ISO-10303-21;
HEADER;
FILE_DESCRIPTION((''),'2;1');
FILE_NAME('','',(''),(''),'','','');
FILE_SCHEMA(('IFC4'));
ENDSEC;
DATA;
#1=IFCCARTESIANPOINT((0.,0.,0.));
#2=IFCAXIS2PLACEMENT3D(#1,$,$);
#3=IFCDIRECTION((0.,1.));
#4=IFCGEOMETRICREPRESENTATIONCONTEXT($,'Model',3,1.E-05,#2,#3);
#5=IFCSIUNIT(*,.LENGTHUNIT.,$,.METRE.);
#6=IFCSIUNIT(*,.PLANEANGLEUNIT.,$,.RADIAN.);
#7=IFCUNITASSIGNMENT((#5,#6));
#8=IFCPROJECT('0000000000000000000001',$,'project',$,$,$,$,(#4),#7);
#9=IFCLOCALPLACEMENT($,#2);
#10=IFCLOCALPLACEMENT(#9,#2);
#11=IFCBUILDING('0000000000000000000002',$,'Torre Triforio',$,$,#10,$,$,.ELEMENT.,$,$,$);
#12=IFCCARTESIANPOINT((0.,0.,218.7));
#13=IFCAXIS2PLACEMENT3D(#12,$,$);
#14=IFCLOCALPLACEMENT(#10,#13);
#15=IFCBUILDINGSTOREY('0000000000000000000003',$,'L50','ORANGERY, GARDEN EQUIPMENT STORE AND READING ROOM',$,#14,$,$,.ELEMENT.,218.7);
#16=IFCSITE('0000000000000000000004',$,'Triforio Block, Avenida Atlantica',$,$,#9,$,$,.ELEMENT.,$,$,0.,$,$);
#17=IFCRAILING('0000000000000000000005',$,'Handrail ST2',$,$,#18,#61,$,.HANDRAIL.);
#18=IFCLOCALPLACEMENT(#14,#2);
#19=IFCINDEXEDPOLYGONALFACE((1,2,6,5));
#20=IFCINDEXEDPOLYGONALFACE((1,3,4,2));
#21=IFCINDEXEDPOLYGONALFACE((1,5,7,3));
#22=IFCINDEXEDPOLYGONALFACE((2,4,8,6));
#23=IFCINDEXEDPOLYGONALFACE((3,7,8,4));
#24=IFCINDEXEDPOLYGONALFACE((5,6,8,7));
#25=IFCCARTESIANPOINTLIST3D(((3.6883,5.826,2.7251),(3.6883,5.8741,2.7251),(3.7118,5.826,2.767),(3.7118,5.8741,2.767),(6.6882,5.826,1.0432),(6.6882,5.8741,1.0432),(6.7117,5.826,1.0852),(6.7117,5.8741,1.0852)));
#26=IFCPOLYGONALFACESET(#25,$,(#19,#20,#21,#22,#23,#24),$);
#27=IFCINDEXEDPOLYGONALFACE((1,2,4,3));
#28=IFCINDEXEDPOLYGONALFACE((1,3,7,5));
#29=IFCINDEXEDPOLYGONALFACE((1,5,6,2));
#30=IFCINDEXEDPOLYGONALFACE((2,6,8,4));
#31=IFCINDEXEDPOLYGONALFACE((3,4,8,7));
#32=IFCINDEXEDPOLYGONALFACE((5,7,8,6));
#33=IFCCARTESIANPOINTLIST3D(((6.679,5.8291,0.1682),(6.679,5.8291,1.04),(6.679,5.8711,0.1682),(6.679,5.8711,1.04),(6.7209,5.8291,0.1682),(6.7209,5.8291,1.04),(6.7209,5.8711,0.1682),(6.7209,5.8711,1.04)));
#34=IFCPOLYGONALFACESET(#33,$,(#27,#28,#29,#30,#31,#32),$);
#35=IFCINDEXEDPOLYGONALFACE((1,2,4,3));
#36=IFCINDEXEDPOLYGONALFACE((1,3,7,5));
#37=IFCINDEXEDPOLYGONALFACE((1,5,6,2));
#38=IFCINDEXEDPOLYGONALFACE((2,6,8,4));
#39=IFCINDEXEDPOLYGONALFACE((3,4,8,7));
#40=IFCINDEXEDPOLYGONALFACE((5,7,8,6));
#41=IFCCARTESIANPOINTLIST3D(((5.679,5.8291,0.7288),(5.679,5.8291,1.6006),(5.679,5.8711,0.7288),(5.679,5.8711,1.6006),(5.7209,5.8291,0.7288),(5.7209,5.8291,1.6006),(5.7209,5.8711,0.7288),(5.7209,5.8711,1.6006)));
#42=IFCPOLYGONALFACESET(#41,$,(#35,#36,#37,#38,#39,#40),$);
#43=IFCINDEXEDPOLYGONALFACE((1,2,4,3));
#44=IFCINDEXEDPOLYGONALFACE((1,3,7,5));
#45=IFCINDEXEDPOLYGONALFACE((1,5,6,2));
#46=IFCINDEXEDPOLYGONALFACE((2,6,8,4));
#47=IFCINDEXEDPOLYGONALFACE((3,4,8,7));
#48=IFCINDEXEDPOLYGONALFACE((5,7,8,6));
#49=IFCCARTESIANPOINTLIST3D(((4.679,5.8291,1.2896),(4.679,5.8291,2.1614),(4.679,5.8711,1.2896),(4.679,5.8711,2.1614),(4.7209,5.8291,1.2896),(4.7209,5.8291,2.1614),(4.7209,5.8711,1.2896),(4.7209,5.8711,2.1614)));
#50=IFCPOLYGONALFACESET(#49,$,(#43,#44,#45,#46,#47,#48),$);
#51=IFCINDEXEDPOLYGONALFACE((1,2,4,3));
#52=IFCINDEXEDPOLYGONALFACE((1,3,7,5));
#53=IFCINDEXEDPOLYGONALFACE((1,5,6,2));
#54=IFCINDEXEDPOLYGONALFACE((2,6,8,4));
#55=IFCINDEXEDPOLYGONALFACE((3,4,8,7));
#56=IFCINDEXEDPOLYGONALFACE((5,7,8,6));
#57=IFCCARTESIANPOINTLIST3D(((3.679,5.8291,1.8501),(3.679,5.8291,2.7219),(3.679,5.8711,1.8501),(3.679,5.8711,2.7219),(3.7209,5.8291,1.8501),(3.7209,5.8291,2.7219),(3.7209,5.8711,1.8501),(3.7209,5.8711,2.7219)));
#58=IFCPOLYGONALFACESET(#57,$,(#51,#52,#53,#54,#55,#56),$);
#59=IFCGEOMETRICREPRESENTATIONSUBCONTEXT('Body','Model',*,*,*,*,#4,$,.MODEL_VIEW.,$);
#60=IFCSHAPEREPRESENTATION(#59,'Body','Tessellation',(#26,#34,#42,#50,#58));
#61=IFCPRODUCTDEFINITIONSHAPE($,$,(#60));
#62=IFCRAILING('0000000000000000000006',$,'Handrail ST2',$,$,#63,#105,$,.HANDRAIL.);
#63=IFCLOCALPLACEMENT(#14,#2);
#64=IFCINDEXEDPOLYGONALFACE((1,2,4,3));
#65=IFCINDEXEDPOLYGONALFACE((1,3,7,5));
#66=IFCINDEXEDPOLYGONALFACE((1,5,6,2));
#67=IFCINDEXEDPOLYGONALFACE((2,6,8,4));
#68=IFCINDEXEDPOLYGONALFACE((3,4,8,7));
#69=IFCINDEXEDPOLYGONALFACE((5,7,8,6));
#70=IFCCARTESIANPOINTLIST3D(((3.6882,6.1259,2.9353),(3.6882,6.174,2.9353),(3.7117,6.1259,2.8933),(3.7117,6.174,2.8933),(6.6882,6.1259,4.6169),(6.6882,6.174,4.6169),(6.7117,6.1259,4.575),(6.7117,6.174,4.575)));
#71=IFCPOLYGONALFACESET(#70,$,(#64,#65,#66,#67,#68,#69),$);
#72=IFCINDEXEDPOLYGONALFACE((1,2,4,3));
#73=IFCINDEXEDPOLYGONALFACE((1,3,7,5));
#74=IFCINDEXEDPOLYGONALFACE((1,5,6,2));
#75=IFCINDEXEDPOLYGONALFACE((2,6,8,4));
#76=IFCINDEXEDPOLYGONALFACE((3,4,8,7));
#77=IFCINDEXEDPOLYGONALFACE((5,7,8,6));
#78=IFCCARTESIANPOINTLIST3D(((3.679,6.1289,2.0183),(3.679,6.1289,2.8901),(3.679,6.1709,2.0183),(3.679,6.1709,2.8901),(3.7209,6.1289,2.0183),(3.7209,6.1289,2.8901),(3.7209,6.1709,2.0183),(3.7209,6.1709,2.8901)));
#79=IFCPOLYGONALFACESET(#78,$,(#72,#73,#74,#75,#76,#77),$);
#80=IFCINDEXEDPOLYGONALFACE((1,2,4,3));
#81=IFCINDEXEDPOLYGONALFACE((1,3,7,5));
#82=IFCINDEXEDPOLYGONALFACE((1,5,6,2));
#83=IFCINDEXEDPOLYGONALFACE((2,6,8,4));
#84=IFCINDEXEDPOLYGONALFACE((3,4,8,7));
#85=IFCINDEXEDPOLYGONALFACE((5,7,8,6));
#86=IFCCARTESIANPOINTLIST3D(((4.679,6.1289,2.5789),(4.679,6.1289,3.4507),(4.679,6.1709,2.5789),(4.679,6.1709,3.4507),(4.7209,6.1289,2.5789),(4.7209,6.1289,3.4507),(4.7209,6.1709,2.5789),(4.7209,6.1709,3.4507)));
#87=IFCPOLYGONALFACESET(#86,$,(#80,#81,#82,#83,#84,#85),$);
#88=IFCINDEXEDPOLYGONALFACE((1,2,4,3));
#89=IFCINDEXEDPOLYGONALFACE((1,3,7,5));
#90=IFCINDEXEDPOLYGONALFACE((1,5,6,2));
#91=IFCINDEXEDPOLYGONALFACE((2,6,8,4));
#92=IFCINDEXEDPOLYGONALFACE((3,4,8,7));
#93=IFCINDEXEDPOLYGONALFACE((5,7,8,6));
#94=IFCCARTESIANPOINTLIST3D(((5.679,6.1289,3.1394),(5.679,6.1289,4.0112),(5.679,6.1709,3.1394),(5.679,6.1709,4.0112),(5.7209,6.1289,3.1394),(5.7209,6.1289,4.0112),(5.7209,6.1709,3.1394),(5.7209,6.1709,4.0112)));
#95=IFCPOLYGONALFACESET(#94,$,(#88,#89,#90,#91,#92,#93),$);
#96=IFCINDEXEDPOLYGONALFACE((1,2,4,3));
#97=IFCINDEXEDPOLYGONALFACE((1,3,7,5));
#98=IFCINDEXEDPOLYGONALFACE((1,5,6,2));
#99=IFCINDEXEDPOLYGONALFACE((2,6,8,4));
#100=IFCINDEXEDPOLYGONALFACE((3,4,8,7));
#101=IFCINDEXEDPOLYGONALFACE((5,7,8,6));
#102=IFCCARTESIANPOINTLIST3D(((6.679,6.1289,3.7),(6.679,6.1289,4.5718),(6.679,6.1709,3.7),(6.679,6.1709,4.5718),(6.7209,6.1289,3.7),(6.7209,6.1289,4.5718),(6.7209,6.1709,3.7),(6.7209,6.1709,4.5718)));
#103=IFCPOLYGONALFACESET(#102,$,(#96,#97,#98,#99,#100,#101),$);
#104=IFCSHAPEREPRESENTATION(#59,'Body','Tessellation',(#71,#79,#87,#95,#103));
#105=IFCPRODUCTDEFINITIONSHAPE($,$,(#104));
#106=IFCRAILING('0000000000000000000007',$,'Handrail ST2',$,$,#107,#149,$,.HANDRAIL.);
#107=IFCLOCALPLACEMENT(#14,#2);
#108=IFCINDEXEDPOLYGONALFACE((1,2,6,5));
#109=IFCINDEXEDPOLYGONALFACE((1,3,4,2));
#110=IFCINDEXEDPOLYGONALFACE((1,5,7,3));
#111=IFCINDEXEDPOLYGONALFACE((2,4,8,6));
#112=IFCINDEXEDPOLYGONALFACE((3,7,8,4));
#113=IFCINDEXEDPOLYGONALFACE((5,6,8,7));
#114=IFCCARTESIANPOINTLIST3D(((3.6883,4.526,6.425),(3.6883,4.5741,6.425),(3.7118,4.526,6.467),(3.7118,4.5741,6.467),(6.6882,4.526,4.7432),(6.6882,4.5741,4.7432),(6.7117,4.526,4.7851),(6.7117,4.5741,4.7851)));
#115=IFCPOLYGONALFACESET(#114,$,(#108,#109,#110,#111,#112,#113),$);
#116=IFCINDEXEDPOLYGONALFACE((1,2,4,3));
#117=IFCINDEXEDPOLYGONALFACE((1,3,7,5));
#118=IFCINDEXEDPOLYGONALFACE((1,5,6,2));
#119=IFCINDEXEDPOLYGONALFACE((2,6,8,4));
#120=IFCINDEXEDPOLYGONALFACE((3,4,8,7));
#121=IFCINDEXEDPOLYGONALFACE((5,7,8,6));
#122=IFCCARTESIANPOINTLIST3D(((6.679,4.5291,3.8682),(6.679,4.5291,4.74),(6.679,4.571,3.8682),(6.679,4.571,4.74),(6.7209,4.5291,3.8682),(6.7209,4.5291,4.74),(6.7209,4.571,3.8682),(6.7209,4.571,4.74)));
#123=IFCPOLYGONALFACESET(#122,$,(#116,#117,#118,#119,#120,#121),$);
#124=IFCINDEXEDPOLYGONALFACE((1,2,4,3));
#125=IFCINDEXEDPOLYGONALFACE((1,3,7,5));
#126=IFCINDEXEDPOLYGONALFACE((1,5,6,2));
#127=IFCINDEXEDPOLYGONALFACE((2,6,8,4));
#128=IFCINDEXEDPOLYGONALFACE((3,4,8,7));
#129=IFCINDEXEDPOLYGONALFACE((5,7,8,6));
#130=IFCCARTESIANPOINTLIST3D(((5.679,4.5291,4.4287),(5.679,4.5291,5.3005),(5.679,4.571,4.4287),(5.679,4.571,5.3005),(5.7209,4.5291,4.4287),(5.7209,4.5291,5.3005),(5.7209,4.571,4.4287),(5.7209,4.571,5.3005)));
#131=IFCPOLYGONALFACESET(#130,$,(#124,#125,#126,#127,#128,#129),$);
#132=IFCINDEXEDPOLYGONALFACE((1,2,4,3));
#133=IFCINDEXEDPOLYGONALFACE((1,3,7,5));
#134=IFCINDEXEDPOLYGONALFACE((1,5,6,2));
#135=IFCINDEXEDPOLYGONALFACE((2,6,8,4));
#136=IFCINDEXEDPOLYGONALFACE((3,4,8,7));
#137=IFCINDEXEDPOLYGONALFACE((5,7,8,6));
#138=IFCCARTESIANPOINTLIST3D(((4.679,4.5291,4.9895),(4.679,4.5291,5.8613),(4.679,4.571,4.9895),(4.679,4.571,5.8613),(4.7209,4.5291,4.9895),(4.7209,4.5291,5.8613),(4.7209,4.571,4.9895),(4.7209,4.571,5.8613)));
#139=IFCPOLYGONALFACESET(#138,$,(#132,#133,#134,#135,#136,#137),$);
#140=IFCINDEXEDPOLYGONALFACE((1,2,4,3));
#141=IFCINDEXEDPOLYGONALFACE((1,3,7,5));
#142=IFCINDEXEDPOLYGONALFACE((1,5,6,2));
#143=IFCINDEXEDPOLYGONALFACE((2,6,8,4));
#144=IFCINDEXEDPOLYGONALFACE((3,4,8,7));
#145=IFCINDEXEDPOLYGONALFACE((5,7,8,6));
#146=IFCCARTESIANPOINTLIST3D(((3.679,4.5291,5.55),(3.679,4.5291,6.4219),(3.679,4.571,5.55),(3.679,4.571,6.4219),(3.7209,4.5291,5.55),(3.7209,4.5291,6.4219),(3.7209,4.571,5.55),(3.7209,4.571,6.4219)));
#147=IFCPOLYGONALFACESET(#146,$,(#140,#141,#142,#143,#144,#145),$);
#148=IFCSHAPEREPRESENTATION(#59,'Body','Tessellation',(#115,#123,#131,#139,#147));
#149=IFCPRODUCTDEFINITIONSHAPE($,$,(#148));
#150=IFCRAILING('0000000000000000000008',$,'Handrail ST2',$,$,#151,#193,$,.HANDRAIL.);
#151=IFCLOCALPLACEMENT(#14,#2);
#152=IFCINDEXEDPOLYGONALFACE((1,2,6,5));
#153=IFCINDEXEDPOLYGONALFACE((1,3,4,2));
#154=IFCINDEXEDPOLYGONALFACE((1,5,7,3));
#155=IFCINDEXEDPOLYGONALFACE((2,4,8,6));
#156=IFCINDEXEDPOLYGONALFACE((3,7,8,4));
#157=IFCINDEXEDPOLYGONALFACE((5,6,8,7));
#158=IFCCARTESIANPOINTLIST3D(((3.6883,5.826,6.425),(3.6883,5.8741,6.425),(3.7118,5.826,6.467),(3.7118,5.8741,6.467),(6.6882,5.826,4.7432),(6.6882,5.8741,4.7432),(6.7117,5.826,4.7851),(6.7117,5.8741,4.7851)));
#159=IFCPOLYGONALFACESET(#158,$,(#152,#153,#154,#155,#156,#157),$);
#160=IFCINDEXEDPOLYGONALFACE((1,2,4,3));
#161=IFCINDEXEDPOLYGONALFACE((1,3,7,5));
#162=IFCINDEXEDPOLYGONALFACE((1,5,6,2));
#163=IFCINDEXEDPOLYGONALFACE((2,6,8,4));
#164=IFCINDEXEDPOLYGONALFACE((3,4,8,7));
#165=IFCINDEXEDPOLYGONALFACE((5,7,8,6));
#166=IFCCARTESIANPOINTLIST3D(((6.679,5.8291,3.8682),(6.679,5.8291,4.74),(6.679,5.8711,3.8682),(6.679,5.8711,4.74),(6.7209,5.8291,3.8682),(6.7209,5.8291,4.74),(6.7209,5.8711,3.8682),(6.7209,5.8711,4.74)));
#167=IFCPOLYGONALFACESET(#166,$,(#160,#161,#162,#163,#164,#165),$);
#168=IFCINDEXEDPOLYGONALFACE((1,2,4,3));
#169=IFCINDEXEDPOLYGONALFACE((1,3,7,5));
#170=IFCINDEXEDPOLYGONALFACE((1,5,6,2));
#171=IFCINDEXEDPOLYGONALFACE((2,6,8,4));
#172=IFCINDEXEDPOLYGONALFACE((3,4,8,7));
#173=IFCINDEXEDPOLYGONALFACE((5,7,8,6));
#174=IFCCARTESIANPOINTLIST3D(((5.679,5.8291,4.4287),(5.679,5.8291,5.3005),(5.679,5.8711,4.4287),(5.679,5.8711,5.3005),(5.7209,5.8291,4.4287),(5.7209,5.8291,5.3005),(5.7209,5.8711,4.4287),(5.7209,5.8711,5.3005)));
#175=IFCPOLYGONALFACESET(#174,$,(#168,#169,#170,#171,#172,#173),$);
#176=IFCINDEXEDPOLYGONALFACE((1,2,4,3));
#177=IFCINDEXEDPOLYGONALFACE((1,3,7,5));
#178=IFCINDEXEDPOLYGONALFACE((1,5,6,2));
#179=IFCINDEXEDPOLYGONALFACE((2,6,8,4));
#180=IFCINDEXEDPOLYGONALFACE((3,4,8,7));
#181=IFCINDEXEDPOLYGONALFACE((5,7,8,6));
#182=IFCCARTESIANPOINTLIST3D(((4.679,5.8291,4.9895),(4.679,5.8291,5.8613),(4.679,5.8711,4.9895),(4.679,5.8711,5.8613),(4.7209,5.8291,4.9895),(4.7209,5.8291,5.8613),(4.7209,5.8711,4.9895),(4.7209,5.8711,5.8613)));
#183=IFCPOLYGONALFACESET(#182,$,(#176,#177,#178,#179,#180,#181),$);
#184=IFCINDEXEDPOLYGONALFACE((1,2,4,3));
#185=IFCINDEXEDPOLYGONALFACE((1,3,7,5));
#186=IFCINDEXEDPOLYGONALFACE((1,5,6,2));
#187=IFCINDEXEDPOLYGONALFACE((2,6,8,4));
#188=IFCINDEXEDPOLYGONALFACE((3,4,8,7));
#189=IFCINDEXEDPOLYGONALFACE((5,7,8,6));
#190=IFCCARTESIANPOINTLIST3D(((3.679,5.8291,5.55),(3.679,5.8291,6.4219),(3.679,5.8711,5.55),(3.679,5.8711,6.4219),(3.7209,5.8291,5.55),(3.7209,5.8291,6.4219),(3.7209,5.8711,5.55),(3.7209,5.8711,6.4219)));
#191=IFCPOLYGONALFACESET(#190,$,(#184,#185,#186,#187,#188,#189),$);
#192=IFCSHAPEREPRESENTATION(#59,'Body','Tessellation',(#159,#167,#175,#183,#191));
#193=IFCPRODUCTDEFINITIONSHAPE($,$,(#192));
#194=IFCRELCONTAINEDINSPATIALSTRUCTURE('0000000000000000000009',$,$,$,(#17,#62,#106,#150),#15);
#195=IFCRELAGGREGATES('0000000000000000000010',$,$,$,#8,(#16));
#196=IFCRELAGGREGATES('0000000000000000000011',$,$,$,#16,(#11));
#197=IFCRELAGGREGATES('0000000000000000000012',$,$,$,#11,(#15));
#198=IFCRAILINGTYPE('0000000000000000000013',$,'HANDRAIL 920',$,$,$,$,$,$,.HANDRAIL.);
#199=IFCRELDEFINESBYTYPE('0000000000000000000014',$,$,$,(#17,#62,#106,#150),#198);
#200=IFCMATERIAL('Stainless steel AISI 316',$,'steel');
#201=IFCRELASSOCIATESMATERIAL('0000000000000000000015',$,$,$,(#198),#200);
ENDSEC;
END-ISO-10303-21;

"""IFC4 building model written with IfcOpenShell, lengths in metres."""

from ifc_helpers import new_model, si_unit, direction, frame, origin, origin_2d, place, context, subcontext, project, spatial, rectangle, extrude, material, type_object, element, save


model = new_model("IFC4")

# Units and contexts
model_context = context("Model", 3, precision=1e-05, world=origin(), true_north=direction((0.0, 1.0)))
body_context = subcontext(model_context, "Body", "Model", "MODEL_VIEW")
ifc_project = project(units=[si_unit("LENGTHUNIT", "METRE"), si_unit("PLANEANGLEUNIT", "RADIAN")], contexts=[model_context])

# Site, building, storey
site_placement = place(None, origin())
site = spatial("IfcSite", under=ifc_project, at=site_placement, Name="Triforio Block, Avenida Atlantica", CompositionType="ELEMENT", RefElevation=0.0)
building_placement = place(site_placement, origin())
building = spatial("IfcBuilding", under=site, at=building_placement, Name="Torre Triforio", CompositionType="ELEMENT")
storey_placement = place(building_placement, frame((0.0, 0.0, 218.7)))
storey = spatial("IfcBuildingStorey", under=building, at=storey_placement, Name="L50", Description="ORANGERY, GARDEN EQUIPMENT STORE AND READING ROOM", CompositionType="ELEMENT", Elevation=218.7)

# Railings
ifc_material_1 = material(Name="Stainless steel AISI 316", Category="steel")
railing_type = type_object("IfcRailingType", Name="HANDRAIL 920", PredefinedType="HANDRAIL", material=ifc_material_1)
for number, where, name in (
    (1, (6.7, 5.8501, 0.1682), "Handrail ST2"),
):
    element("IfcRailing", number, at=place(storey_placement, frame(where)), inside=storey, type_object=railing_type, Name=name, PredefinedType="HANDRAIL", context=body_context, shape_type="SweptSolid", body=[
        extrude(rectangle(XDim=0.0481, YDim=0.0481, at=origin_2d()), frame((0.0, 0.0, 0.896), z_axis=(-0.872272, 0.0, 0.48902), x_axis=(0.0, -1.0, 0.0)), (0.0, 0.0, 1.0), 3.4392),
        extrude(rectangle(XDim=0.042, YDim=0.042, at=origin_2d()), origin(), (0.0, 0.0, 1.0), 0.8718),
        extrude(rectangle(XDim=0.042, YDim=0.042, at=origin_2d()), frame((-1.0, 0.0, 0.5605)), (0.0, 0.0, 1.0), 0.8718),
        extrude(rectangle(XDim=0.042, YDim=0.042, at=origin_2d()), frame((-2.0, 0.0, 1.1213)), (0.0, 0.0, 1.0), 0.8718),
        extrude(rectangle(XDim=0.042, YDim=0.042, at=origin_2d()), frame((-3.0, 0.0, 1.6819)), (0.0, 0.0, 1.0), 0.8718),
    ])
railing_placement = place(storey_placement, frame((3.7, 6.1499, 2.0183)))
element("IfcRailing", 2, at=railing_placement, inside=storey, type_object=railing_type, Name="Handrail ST2", PredefinedType="HANDRAIL", context=body_context, shape_type="SweptSolid", body=[
    extrude(rectangle(XDim=0.0481, YDim=0.0481, at=origin_2d()), frame((0.0, 0.0, 0.896), z_axis=(0.872303, 0.0, 0.488966), x_axis=(0.0, 1.0, 0.0)), (0.0, 0.0, 1.0), 3.4392),
    extrude(rectangle(XDim=0.042, YDim=0.042, at=origin_2d()), origin(), (0.0, 0.0, 1.0), 0.8718),
    extrude(rectangle(XDim=0.042, YDim=0.042, at=origin_2d()), frame((1.0, 0.0, 0.5605)), (0.0, 0.0, 1.0), 0.8718),
    extrude(rectangle(XDim=0.042, YDim=0.042, at=origin_2d()), frame((2.0, 0.0, 1.1211)), (0.0, 0.0, 1.0), 0.8718),
    extrude(rectangle(XDim=0.042, YDim=0.042, at=origin_2d()), frame((3.0, 0.0, 1.6816)), (0.0, 0.0, 1.0), 0.8718),
])
for number, where, name in (
    (3, (6.7, 4.55, 3.8682), "Handrail ST2"),
    (4, (6.7, 5.8501, 3.8682), "Handrail ST2"),
):
    element("IfcRailing", number, at=place(storey_placement, frame(where)), inside=storey, type_object=railing_type, Name=name, PredefinedType="HANDRAIL", context=body_context, shape_type="SweptSolid", body=[
        extrude(rectangle(XDim=0.0481, YDim=0.0481, at=origin_2d()), frame((0.0, 0.0, 0.896), z_axis=(-0.872272, 0.0, 0.48902), x_axis=(0.0, -1.0, 0.0)), (0.0, 0.0, 1.0), 3.4392),
        extrude(rectangle(XDim=0.042, YDim=0.042, at=origin_2d()), origin(), (0.0, 0.0, 1.0), 0.8718),
        extrude(rectangle(XDim=0.042, YDim=0.042, at=origin_2d()), frame((-1.0, 0.0, 0.5605)), (0.0, 0.0, 1.0), 0.8718),
        extrude(rectangle(XDim=0.042, YDim=0.042, at=origin_2d()), frame((-2.0, 0.0, 1.1213)), (0.0, 0.0, 1.0), 0.8718),
        extrude(rectangle(XDim=0.042, YDim=0.042, at=origin_2d()), frame((-3.0, 0.0, 1.6819)), (0.0, 0.0, 1.0), 0.8718),
    ])

save(model, "model.ifc")
